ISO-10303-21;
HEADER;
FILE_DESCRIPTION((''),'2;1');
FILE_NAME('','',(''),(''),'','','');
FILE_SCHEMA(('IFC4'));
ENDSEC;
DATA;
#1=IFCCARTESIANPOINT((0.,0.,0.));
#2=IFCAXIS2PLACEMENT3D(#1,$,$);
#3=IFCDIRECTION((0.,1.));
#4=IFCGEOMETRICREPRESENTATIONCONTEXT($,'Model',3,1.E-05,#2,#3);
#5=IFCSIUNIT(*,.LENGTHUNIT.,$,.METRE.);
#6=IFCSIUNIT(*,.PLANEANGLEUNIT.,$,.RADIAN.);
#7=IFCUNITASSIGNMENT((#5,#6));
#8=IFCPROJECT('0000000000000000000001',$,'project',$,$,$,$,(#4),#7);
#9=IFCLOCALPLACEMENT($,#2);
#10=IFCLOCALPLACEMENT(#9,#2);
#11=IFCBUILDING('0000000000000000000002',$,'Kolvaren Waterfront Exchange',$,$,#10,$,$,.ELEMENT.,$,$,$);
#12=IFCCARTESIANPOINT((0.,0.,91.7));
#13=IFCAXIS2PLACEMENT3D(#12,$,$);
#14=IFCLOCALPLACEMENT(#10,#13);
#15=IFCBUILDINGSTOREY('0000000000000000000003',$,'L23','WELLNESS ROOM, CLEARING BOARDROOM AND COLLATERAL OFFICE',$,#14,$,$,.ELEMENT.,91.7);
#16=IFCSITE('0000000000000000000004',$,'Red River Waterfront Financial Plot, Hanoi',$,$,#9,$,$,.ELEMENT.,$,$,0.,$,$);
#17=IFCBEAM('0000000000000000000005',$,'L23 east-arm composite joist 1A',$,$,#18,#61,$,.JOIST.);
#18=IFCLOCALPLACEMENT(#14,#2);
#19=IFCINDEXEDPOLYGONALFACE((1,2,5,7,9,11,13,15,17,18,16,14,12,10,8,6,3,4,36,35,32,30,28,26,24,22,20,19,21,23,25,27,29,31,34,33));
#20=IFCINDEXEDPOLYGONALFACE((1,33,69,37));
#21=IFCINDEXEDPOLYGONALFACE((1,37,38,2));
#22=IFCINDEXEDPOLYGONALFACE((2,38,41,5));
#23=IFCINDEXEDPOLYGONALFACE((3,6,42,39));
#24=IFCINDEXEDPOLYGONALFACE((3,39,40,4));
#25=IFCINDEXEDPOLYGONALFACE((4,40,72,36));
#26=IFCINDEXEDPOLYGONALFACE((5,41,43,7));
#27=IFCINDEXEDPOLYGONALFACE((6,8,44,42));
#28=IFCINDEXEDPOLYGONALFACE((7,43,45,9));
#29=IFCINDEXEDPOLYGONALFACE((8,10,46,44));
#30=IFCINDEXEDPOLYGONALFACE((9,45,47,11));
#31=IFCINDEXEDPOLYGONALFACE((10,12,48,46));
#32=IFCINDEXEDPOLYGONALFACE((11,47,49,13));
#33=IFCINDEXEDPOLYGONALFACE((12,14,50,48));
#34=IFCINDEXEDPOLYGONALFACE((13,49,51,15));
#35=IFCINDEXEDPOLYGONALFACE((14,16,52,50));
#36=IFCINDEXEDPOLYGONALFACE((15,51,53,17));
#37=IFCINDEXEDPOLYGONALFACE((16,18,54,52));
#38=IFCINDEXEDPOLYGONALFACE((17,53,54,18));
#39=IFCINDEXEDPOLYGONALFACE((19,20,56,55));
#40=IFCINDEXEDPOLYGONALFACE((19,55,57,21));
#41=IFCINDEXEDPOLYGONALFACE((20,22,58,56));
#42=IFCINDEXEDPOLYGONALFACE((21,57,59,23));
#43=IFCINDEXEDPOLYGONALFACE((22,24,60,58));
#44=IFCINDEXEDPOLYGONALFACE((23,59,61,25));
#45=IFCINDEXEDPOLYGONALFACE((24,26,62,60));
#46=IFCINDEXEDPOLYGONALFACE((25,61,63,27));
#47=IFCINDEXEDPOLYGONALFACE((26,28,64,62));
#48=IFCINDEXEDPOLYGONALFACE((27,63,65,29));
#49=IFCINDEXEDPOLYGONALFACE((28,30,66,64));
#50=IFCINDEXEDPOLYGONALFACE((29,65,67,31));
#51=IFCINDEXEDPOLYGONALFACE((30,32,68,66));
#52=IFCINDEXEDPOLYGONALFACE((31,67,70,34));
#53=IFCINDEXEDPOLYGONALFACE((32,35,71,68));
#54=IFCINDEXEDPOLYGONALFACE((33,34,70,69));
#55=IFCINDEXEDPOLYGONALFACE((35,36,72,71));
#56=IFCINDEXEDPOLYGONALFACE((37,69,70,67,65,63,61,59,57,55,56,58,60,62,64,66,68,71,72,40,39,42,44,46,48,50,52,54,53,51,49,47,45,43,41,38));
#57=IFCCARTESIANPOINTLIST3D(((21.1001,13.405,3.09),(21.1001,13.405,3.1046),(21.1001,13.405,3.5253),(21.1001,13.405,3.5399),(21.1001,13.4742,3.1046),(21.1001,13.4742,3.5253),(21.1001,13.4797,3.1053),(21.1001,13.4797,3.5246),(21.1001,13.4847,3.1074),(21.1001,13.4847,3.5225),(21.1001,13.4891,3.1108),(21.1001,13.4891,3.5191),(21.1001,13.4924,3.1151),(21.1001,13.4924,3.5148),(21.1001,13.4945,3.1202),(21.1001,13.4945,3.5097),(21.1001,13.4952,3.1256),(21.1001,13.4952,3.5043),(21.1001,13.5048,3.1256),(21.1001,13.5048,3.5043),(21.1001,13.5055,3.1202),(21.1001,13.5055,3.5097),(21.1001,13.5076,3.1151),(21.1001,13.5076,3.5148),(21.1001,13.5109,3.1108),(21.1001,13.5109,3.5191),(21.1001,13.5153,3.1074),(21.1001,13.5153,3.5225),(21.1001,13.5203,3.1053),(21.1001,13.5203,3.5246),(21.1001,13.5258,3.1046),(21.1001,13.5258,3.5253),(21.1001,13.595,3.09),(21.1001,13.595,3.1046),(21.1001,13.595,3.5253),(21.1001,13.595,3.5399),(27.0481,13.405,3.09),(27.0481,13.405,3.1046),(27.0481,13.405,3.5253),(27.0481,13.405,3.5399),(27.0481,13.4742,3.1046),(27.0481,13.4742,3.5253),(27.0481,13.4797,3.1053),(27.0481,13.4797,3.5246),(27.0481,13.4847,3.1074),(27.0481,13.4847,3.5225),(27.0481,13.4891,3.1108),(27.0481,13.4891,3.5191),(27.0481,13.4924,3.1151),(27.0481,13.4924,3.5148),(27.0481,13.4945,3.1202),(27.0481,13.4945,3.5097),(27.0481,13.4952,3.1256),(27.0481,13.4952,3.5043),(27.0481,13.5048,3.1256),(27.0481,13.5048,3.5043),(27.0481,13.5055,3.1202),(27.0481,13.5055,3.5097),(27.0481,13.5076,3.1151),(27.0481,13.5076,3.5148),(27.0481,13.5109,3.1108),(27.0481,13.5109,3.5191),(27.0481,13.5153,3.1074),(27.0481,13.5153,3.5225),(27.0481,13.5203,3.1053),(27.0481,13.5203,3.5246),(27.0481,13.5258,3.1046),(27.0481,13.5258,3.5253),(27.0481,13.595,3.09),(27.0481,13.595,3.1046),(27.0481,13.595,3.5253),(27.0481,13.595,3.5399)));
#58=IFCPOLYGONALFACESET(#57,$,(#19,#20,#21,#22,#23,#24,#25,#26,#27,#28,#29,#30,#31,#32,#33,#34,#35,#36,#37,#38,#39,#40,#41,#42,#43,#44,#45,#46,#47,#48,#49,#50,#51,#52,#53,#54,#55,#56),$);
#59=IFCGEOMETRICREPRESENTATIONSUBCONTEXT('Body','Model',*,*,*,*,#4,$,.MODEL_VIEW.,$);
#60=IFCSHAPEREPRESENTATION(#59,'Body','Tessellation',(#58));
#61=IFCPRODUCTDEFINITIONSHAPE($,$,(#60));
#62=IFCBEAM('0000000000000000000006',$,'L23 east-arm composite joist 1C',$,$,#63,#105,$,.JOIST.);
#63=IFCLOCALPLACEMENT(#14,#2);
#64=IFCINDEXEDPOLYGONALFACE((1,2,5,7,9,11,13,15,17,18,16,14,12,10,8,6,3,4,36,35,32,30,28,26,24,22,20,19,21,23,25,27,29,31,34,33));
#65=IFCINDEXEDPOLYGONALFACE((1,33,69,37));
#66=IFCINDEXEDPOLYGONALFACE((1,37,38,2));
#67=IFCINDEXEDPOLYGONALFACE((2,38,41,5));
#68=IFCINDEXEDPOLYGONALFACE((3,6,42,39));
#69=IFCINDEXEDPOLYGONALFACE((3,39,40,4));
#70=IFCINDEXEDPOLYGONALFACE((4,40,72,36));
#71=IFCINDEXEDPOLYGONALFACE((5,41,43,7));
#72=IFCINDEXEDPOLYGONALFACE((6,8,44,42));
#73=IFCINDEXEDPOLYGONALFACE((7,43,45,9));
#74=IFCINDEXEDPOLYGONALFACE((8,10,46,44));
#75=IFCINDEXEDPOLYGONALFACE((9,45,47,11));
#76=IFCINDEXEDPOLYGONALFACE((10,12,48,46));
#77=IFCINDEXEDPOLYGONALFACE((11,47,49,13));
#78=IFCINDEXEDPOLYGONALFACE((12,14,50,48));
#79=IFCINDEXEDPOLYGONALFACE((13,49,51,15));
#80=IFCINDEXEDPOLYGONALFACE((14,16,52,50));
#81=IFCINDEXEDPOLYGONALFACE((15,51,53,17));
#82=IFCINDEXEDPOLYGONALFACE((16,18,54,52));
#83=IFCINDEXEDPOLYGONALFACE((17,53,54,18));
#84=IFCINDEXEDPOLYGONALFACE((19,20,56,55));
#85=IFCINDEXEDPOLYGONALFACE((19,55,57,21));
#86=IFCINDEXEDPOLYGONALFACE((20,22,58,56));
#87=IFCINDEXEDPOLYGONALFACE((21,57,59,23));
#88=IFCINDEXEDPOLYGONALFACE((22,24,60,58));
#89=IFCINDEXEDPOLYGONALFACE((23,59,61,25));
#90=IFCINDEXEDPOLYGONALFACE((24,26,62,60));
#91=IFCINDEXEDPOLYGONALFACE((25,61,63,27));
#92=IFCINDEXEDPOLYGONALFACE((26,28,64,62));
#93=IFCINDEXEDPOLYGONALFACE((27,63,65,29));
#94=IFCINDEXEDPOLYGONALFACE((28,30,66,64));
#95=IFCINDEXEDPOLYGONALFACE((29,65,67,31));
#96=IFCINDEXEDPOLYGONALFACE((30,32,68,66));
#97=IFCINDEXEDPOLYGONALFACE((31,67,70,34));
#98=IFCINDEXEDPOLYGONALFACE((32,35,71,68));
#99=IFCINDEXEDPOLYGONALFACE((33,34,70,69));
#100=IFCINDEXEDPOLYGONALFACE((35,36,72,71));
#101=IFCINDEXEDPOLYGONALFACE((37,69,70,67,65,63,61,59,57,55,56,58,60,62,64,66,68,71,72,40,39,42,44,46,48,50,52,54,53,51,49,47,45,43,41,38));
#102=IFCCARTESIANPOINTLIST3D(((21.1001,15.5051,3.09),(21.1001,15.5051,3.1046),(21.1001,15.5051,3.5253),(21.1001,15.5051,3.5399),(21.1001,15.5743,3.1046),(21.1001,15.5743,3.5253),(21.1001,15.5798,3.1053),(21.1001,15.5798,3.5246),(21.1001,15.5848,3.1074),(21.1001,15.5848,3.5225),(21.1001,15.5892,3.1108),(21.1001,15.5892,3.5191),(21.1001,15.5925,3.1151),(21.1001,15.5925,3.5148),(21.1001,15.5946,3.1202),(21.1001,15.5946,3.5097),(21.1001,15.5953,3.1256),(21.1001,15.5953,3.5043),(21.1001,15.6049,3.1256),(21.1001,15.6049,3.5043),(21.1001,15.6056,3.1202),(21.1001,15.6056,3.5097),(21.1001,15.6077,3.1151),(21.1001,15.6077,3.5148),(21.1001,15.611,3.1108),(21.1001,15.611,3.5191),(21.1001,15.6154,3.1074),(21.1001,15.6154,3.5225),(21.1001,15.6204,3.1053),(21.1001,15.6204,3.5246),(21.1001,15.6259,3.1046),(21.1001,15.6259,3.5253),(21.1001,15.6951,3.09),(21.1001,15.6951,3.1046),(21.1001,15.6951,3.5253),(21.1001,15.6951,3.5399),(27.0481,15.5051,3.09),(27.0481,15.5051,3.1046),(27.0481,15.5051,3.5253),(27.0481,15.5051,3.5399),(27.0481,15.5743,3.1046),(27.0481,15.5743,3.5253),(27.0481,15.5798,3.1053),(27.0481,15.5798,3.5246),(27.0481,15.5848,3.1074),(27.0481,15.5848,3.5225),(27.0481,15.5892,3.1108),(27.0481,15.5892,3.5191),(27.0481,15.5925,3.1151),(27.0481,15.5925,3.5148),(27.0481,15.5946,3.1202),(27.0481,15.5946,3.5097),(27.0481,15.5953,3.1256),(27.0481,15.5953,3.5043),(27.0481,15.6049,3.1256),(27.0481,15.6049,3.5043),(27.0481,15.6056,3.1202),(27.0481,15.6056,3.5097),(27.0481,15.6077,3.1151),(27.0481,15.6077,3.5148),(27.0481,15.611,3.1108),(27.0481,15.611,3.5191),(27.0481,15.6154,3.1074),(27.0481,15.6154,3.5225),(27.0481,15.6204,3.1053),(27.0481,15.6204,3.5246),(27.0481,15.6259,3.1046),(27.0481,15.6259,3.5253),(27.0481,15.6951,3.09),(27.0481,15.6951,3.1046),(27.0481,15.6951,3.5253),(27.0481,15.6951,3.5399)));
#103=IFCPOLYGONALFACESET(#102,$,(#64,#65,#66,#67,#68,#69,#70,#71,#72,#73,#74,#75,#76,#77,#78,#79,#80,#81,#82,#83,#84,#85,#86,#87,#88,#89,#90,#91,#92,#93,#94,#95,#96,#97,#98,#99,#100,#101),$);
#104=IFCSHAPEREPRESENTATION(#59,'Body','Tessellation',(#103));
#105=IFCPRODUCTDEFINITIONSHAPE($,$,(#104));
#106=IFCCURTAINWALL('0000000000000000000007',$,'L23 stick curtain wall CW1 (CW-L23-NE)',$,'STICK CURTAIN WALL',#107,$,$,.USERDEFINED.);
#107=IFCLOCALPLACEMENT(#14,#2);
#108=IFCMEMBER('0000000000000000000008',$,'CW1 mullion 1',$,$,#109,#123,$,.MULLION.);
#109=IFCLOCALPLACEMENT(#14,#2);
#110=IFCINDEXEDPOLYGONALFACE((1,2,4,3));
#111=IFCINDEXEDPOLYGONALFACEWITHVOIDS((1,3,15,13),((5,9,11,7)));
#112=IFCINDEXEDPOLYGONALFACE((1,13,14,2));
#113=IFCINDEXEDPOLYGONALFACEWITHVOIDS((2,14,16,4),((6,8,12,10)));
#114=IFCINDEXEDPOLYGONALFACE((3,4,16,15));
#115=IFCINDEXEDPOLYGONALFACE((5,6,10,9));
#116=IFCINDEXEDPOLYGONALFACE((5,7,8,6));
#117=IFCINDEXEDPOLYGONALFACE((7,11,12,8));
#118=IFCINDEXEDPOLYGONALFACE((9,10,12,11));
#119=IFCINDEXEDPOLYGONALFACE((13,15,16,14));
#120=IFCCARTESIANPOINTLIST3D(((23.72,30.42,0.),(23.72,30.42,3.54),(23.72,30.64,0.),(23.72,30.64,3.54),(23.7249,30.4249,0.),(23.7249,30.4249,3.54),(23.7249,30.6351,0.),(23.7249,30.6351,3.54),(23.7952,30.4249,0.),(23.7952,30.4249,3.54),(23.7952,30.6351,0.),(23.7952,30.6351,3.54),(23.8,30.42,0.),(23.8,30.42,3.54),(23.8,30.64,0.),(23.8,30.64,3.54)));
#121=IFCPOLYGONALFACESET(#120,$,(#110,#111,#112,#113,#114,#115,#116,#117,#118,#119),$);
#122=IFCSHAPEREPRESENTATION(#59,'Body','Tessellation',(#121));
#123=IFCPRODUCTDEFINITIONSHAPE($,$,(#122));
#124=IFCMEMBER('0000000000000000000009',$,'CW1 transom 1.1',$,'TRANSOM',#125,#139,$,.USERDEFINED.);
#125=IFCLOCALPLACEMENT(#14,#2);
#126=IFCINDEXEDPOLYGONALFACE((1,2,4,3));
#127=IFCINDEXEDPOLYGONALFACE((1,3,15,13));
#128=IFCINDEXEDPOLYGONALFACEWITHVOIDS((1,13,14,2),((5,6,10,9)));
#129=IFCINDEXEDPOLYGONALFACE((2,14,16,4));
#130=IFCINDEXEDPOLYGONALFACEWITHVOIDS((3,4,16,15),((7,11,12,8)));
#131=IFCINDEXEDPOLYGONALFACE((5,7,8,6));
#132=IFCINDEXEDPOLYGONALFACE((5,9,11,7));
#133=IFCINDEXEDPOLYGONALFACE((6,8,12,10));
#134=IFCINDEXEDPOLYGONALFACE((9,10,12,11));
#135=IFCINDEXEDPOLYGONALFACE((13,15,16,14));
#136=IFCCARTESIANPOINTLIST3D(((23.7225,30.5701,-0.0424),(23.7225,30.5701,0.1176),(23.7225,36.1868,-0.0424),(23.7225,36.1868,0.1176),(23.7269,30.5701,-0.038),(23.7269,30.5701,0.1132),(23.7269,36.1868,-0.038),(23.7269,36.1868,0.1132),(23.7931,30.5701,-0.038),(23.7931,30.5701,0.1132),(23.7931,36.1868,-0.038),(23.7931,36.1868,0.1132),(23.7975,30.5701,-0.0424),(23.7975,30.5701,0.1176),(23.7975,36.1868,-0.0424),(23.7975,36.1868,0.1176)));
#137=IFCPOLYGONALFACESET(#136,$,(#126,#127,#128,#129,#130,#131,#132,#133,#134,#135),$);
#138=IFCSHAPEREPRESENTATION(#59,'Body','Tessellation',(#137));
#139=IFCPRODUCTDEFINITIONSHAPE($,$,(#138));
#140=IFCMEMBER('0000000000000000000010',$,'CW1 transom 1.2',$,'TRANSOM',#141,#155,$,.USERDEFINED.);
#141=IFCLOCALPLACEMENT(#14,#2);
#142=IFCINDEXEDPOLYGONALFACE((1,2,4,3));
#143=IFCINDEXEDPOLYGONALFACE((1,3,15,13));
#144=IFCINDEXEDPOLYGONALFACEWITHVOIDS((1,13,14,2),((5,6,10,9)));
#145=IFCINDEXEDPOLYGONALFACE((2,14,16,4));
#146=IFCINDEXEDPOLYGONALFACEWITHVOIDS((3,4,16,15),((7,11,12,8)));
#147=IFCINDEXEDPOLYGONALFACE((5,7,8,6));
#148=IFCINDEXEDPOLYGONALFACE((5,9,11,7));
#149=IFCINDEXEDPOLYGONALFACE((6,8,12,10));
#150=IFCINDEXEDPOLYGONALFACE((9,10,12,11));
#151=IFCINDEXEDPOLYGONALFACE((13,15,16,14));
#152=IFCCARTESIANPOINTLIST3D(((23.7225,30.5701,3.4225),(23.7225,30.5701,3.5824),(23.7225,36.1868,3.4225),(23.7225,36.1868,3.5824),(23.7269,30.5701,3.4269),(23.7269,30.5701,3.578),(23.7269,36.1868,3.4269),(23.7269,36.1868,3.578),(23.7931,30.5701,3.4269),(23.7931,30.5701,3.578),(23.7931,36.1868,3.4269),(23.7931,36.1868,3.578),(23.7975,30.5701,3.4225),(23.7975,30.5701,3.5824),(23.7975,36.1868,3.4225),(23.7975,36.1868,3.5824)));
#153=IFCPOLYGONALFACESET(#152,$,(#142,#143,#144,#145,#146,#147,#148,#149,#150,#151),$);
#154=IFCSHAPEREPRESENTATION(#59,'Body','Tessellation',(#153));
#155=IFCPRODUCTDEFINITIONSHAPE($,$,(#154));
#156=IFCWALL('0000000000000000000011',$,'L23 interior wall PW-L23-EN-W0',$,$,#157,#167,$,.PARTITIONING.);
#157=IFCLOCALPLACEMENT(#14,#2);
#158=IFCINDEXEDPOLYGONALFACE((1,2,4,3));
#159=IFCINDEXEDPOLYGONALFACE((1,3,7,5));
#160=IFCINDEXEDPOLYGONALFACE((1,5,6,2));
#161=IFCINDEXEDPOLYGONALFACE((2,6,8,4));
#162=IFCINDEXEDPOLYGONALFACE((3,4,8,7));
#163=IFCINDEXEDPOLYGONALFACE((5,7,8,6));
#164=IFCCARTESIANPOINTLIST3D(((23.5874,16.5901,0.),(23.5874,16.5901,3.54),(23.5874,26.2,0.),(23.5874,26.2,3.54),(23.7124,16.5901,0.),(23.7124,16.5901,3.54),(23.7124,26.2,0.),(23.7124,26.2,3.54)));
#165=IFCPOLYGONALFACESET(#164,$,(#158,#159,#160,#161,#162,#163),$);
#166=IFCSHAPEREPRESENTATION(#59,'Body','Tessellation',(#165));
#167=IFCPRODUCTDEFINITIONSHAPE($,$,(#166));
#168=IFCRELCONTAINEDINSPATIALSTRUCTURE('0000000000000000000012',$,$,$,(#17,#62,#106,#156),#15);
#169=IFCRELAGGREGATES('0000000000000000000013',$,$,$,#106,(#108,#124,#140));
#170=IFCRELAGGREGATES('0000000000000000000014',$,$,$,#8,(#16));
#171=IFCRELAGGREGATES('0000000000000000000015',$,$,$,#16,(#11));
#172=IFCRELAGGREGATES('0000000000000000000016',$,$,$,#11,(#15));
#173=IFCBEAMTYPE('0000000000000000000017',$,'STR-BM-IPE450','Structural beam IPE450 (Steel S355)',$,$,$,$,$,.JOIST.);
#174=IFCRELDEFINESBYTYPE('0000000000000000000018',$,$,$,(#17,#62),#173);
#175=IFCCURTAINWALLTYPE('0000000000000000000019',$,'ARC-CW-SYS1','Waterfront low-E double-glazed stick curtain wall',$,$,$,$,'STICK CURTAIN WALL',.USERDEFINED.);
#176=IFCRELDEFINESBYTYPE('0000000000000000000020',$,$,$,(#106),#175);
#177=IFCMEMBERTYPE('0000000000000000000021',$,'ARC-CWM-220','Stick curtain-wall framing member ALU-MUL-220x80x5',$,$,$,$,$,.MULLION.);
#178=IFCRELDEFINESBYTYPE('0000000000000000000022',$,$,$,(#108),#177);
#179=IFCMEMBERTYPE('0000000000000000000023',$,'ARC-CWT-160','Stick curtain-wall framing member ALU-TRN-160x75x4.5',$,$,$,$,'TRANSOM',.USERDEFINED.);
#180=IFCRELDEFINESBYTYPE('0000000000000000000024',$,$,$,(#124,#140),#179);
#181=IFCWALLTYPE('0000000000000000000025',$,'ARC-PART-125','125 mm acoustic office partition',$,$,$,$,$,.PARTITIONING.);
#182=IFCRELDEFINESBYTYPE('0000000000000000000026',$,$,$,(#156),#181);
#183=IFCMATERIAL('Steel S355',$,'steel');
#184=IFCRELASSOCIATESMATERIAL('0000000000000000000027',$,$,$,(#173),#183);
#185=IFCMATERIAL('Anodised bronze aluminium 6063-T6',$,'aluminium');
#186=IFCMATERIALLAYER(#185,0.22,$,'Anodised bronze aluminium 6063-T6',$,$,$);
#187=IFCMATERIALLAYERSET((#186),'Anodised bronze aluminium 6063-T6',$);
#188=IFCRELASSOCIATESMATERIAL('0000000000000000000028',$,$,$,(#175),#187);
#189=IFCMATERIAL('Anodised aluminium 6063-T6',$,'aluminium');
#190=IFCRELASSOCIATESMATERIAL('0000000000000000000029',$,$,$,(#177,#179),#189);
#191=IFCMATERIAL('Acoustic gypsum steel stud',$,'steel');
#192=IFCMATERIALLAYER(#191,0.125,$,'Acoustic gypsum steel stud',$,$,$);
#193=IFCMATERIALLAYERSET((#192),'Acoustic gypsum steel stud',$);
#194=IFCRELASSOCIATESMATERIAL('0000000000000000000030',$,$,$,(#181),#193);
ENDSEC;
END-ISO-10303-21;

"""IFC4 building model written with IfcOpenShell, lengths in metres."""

from ifc_helpers import new_model, si_unit, direction, frame, frame_2d, origin, origin_with_axes, origin_2d, place, context, subcontext, project, spatial, rectangle, hollow_rectangle, i_section, extrude, source, transform, mapped, material, layer, layer_set, material_profile, profile_set, type_object, element, aggregate, save


model = new_model("IFC4")

# Units and contexts
model_context = context("Model", 3, precision=1e-05, world=origin(), true_north=direction((0.0, 1.0)))
body_context = subcontext(model_context, "Body", "Model", "MODEL_VIEW")
ifc_project = project(units=[si_unit("LENGTHUNIT", "METRE"), si_unit("PLANEANGLEUNIT", "RADIAN")], contexts=[model_context])

# Site, building, storey
site_placement = place(None, origin())
site = spatial("IfcSite", under=ifc_project, at=site_placement, Name="Red River Waterfront Financial Plot, Hanoi", CompositionType="ELEMENT", RefElevation=0.0)
building_placement = place(site_placement, origin())
building = spatial("IfcBuilding", under=site, at=building_placement, Name="Kolvaren Waterfront Exchange", CompositionType="ELEMENT")
storey_placement = place(building_placement, frame((0.0, 0.0, 91.7)))
storey = spatial("IfcBuildingStorey", under=building, at=storey_placement, Name="L23", Description="WELLNESS ROOM, CLEARING BOARDROOM AND COLLATERAL OFFICE", CompositionType="ELEMENT", Elevation=91.7)

# Beams
ifc_material_1 = material(Name="Steel S355", Category="steel")
ifc_material_profile_1 = material_profile(ifc_material_1, i_section(OverallWidth=0.1899, OverallDepth=0.45, WebThickness=0.0095, FlangeThickness=0.0146, FilletRadius=0.021, at=origin_2d()), Name="IPE450")
ifc_profile_set_1 = profile_set([ifc_material_profile_1], Name="Steel S355")
beam_type_1 = type_object("IfcBeamType", Name="STR-BM-IPE450", Description="Structural beam IPE450 (Steel S355)", PredefinedType="JOIST", material=ifc_profile_set_1)
for number, where, z_axis, x_axis, name in (
    (1, (21.1001, 13.5, 3.3149), (1.0, 0.0, 0.0), (0.0, 1.0, 0.0), "L23 east-arm composite joist 1A"),
    (2, (21.1001, 15.6001, 3.3149), (1.0, 0.0, 0.0), (0.0, 1.0, 0.0), "L23 east-arm composite joist 1C"),
):
    element("IfcBeam", number, at=place(storey_placement, frame(where, z_axis=z_axis, x_axis=x_axis)), inside=storey, type_object=beam_type_1, Name=name, PredefinedType="JOIST", context=body_context, shape_type="SweptSolid", body=[
        extrude(i_section(OverallWidth=0.1899, OverallDepth=0.45, WebThickness=0.0095, FlangeThickness=0.0146, FilletRadius=0.021, at=origin_2d()), origin(), (0.0, 0.0, 1.0), 5.948),
    ])

# Curtain wall, members
ifc_material_2 = material(Name="Anodised bronze aluminium 6063-T6", Category="aluminium")
ifc_layer_1 = layer(ifc_material_2, 0.22, Name="Anodised bronze aluminium 6063-T6")
ifc_layer_set_1 = layer_set([ifc_layer_1], Name="Anodised bronze aluminium 6063-T6")
curtain_wall_type = type_object("IfcCurtainWallType", Name="ARC-CW-SYS1", Description="Waterfront low-E double-glazed stick curtain wall", ElementType="STICK CURTAIN WALL", PredefinedType="USERDEFINED", material=ifc_layer_set_1)
curtain_wall_placement = place(storey_placement, origin())
curtain_wall = element("IfcCurtainWall", 3, at=curtain_wall_placement, inside=storey, type_object=curtain_wall_type, Name="L23 stick curtain wall CW1 (CW-L23-NE)", ObjectType="STICK CURTAIN WALL", PredefinedType="USERDEFINED")
ifc_material_3 = material(Name="Anodised aluminium 6063-T6", Category="aluminium")
ifc_material_profile_2 = material_profile(ifc_material_3, hollow_rectangle(XDim=0.0801, YDim=0.22, WallThickness=0.0049, at=origin_2d()), Name="ALU-MUL-220x80x5")
ifc_profile_set_2 = profile_set([ifc_material_profile_2], Name="Anodised aluminium 6063-T6")
member_type_1 = type_object("IfcMemberType", Name="ARC-CWM-220", Description="Stick curtain-wall framing member ALU-MUL-220x80x5", PredefinedType="MULLION", material=ifc_profile_set_2)
shared_shape_1 = source(origin_with_axes(), body_context, "Body", "SweptSolid", [
    extrude(hollow_rectangle(XDim=0.0801, YDim=0.22, WallThickness=0.0049, at=origin_2d()), origin(), (0.0, 0.0, 1.0), 3.54),
])
member_1_placement = place(storey_placement, frame((23.76, 30.53, 0.0), z_axis=(0.0, 0.0, 1.0), x_axis=(-1.0, 0.0, 0.0)))
member_1 = element("IfcMember", 4, at=member_1_placement, type_object=member_type_1, Name="CW1 mullion 1", PredefinedType="MULLION", context=body_context, shape_type="MappedRepresentation", body=[
    mapped(shared_shape_1, transform((0.0, 0.0, 0.0), x_axis=(1.0, 0.0, 0.0), y_axis=(0.0, 1.0, 0.0), z_axis=(0.0, 0.0, 1.0), scale=1.0)),
])
ifc_material_profile_3 = material_profile(ifc_material_3, hollow_rectangle(XDim=0.075, YDim=0.1599, WallThickness=0.0044, at=origin_2d()), Name="ALU-TRN-160x75x4.5")
ifc_profile_set_3 = profile_set([ifc_material_profile_3], Name="Anodised aluminium 6063-T6")
member_type_2 = type_object("IfcMemberType", Name="ARC-CWT-160", Description="Stick curtain-wall framing member ALU-TRN-160x75x4.5", ElementType="TRANSOM", PredefinedType="USERDEFINED", material=ifc_profile_set_3)
shared_shape_2 = source(origin_with_axes(), body_context, "Body", "SweptSolid", [
    extrude(hollow_rectangle(XDim=0.075, YDim=0.1599, WallThickness=0.0044, at=origin_2d()), origin(), (0.0, 0.0, 1.0), 5.6167),
])
member_2_placement = place(storey_placement, frame((23.76, 30.5701, 0.0376), z_axis=(0.0, 1.0, 0.0), x_axis=(-1.0, 0.0, 0.0)))
member_2 = element("IfcMember", 5, at=member_2_placement, type_object=member_type_2, Name="CW1 transom 1.1", ObjectType="TRANSOM", PredefinedType="USERDEFINED", context=body_context, shape_type="MappedRepresentation", body=[
    mapped(shared_shape_2, transform((0.0, 0.0, 0.0), x_axis=(1.0, 0.0, 0.0), y_axis=(0.0, 1.0, 0.0), z_axis=(0.0, 0.0, 1.0), scale=1.0)),
])
member_3_placement = place(storey_placement, frame((23.76, 30.5701, 3.5024), z_axis=(0.0, 1.0, 0.0), x_axis=(-1.0, 0.0, 0.0)))
member_3 = element("IfcMember", 6, at=member_3_placement, type_object=member_type_2, Name="CW1 transom 1.2", ObjectType="TRANSOM", PredefinedType="USERDEFINED", context=body_context, shape_type="MappedRepresentation", body=[
    mapped(shared_shape_2, transform((0.0, 0.0, 0.0), x_axis=(1.0, 0.0, 0.0), y_axis=(0.0, 1.0, 0.0), z_axis=(0.0, 0.0, 1.0), scale=1.0)),
])
aggregate(curtain_wall, [member_1, member_2, member_3])

# Wall
ifc_material_4 = material(Name="Acoustic gypsum steel stud", Category="steel")
ifc_layer_2 = layer(ifc_material_4, 0.125, Name="Acoustic gypsum steel stud")
ifc_layer_set_2 = layer_set([ifc_layer_2], Name="Acoustic gypsum steel stud")
wall_type_1 = type_object("IfcWallType", Name="ARC-PART-125", Description="125 mm acoustic office partition", PredefinedType="PARTITIONING", material=ifc_layer_set_2)
wall_1_placement = place(storey_placement, frame((23.6499, 16.5901, 0.0), z_axis=(0.0, 0.0, 1.0), x_axis=(0.0, 1.0, 0.0)))
element("IfcWall", 7, at=wall_1_placement, inside=storey, type_object=wall_type_1, Name="L23 interior wall PW-L23-EN-W0", PredefinedType="PARTITIONING", context=body_context, shape_type="SweptSolid", body=[
    extrude(rectangle(XDim=9.6099, YDim=0.125, at=frame_2d((4.8049, 0.0))), origin(), (0.0, 0.0, 1.0), 3.54),
])

save(model, "model.ifc")
